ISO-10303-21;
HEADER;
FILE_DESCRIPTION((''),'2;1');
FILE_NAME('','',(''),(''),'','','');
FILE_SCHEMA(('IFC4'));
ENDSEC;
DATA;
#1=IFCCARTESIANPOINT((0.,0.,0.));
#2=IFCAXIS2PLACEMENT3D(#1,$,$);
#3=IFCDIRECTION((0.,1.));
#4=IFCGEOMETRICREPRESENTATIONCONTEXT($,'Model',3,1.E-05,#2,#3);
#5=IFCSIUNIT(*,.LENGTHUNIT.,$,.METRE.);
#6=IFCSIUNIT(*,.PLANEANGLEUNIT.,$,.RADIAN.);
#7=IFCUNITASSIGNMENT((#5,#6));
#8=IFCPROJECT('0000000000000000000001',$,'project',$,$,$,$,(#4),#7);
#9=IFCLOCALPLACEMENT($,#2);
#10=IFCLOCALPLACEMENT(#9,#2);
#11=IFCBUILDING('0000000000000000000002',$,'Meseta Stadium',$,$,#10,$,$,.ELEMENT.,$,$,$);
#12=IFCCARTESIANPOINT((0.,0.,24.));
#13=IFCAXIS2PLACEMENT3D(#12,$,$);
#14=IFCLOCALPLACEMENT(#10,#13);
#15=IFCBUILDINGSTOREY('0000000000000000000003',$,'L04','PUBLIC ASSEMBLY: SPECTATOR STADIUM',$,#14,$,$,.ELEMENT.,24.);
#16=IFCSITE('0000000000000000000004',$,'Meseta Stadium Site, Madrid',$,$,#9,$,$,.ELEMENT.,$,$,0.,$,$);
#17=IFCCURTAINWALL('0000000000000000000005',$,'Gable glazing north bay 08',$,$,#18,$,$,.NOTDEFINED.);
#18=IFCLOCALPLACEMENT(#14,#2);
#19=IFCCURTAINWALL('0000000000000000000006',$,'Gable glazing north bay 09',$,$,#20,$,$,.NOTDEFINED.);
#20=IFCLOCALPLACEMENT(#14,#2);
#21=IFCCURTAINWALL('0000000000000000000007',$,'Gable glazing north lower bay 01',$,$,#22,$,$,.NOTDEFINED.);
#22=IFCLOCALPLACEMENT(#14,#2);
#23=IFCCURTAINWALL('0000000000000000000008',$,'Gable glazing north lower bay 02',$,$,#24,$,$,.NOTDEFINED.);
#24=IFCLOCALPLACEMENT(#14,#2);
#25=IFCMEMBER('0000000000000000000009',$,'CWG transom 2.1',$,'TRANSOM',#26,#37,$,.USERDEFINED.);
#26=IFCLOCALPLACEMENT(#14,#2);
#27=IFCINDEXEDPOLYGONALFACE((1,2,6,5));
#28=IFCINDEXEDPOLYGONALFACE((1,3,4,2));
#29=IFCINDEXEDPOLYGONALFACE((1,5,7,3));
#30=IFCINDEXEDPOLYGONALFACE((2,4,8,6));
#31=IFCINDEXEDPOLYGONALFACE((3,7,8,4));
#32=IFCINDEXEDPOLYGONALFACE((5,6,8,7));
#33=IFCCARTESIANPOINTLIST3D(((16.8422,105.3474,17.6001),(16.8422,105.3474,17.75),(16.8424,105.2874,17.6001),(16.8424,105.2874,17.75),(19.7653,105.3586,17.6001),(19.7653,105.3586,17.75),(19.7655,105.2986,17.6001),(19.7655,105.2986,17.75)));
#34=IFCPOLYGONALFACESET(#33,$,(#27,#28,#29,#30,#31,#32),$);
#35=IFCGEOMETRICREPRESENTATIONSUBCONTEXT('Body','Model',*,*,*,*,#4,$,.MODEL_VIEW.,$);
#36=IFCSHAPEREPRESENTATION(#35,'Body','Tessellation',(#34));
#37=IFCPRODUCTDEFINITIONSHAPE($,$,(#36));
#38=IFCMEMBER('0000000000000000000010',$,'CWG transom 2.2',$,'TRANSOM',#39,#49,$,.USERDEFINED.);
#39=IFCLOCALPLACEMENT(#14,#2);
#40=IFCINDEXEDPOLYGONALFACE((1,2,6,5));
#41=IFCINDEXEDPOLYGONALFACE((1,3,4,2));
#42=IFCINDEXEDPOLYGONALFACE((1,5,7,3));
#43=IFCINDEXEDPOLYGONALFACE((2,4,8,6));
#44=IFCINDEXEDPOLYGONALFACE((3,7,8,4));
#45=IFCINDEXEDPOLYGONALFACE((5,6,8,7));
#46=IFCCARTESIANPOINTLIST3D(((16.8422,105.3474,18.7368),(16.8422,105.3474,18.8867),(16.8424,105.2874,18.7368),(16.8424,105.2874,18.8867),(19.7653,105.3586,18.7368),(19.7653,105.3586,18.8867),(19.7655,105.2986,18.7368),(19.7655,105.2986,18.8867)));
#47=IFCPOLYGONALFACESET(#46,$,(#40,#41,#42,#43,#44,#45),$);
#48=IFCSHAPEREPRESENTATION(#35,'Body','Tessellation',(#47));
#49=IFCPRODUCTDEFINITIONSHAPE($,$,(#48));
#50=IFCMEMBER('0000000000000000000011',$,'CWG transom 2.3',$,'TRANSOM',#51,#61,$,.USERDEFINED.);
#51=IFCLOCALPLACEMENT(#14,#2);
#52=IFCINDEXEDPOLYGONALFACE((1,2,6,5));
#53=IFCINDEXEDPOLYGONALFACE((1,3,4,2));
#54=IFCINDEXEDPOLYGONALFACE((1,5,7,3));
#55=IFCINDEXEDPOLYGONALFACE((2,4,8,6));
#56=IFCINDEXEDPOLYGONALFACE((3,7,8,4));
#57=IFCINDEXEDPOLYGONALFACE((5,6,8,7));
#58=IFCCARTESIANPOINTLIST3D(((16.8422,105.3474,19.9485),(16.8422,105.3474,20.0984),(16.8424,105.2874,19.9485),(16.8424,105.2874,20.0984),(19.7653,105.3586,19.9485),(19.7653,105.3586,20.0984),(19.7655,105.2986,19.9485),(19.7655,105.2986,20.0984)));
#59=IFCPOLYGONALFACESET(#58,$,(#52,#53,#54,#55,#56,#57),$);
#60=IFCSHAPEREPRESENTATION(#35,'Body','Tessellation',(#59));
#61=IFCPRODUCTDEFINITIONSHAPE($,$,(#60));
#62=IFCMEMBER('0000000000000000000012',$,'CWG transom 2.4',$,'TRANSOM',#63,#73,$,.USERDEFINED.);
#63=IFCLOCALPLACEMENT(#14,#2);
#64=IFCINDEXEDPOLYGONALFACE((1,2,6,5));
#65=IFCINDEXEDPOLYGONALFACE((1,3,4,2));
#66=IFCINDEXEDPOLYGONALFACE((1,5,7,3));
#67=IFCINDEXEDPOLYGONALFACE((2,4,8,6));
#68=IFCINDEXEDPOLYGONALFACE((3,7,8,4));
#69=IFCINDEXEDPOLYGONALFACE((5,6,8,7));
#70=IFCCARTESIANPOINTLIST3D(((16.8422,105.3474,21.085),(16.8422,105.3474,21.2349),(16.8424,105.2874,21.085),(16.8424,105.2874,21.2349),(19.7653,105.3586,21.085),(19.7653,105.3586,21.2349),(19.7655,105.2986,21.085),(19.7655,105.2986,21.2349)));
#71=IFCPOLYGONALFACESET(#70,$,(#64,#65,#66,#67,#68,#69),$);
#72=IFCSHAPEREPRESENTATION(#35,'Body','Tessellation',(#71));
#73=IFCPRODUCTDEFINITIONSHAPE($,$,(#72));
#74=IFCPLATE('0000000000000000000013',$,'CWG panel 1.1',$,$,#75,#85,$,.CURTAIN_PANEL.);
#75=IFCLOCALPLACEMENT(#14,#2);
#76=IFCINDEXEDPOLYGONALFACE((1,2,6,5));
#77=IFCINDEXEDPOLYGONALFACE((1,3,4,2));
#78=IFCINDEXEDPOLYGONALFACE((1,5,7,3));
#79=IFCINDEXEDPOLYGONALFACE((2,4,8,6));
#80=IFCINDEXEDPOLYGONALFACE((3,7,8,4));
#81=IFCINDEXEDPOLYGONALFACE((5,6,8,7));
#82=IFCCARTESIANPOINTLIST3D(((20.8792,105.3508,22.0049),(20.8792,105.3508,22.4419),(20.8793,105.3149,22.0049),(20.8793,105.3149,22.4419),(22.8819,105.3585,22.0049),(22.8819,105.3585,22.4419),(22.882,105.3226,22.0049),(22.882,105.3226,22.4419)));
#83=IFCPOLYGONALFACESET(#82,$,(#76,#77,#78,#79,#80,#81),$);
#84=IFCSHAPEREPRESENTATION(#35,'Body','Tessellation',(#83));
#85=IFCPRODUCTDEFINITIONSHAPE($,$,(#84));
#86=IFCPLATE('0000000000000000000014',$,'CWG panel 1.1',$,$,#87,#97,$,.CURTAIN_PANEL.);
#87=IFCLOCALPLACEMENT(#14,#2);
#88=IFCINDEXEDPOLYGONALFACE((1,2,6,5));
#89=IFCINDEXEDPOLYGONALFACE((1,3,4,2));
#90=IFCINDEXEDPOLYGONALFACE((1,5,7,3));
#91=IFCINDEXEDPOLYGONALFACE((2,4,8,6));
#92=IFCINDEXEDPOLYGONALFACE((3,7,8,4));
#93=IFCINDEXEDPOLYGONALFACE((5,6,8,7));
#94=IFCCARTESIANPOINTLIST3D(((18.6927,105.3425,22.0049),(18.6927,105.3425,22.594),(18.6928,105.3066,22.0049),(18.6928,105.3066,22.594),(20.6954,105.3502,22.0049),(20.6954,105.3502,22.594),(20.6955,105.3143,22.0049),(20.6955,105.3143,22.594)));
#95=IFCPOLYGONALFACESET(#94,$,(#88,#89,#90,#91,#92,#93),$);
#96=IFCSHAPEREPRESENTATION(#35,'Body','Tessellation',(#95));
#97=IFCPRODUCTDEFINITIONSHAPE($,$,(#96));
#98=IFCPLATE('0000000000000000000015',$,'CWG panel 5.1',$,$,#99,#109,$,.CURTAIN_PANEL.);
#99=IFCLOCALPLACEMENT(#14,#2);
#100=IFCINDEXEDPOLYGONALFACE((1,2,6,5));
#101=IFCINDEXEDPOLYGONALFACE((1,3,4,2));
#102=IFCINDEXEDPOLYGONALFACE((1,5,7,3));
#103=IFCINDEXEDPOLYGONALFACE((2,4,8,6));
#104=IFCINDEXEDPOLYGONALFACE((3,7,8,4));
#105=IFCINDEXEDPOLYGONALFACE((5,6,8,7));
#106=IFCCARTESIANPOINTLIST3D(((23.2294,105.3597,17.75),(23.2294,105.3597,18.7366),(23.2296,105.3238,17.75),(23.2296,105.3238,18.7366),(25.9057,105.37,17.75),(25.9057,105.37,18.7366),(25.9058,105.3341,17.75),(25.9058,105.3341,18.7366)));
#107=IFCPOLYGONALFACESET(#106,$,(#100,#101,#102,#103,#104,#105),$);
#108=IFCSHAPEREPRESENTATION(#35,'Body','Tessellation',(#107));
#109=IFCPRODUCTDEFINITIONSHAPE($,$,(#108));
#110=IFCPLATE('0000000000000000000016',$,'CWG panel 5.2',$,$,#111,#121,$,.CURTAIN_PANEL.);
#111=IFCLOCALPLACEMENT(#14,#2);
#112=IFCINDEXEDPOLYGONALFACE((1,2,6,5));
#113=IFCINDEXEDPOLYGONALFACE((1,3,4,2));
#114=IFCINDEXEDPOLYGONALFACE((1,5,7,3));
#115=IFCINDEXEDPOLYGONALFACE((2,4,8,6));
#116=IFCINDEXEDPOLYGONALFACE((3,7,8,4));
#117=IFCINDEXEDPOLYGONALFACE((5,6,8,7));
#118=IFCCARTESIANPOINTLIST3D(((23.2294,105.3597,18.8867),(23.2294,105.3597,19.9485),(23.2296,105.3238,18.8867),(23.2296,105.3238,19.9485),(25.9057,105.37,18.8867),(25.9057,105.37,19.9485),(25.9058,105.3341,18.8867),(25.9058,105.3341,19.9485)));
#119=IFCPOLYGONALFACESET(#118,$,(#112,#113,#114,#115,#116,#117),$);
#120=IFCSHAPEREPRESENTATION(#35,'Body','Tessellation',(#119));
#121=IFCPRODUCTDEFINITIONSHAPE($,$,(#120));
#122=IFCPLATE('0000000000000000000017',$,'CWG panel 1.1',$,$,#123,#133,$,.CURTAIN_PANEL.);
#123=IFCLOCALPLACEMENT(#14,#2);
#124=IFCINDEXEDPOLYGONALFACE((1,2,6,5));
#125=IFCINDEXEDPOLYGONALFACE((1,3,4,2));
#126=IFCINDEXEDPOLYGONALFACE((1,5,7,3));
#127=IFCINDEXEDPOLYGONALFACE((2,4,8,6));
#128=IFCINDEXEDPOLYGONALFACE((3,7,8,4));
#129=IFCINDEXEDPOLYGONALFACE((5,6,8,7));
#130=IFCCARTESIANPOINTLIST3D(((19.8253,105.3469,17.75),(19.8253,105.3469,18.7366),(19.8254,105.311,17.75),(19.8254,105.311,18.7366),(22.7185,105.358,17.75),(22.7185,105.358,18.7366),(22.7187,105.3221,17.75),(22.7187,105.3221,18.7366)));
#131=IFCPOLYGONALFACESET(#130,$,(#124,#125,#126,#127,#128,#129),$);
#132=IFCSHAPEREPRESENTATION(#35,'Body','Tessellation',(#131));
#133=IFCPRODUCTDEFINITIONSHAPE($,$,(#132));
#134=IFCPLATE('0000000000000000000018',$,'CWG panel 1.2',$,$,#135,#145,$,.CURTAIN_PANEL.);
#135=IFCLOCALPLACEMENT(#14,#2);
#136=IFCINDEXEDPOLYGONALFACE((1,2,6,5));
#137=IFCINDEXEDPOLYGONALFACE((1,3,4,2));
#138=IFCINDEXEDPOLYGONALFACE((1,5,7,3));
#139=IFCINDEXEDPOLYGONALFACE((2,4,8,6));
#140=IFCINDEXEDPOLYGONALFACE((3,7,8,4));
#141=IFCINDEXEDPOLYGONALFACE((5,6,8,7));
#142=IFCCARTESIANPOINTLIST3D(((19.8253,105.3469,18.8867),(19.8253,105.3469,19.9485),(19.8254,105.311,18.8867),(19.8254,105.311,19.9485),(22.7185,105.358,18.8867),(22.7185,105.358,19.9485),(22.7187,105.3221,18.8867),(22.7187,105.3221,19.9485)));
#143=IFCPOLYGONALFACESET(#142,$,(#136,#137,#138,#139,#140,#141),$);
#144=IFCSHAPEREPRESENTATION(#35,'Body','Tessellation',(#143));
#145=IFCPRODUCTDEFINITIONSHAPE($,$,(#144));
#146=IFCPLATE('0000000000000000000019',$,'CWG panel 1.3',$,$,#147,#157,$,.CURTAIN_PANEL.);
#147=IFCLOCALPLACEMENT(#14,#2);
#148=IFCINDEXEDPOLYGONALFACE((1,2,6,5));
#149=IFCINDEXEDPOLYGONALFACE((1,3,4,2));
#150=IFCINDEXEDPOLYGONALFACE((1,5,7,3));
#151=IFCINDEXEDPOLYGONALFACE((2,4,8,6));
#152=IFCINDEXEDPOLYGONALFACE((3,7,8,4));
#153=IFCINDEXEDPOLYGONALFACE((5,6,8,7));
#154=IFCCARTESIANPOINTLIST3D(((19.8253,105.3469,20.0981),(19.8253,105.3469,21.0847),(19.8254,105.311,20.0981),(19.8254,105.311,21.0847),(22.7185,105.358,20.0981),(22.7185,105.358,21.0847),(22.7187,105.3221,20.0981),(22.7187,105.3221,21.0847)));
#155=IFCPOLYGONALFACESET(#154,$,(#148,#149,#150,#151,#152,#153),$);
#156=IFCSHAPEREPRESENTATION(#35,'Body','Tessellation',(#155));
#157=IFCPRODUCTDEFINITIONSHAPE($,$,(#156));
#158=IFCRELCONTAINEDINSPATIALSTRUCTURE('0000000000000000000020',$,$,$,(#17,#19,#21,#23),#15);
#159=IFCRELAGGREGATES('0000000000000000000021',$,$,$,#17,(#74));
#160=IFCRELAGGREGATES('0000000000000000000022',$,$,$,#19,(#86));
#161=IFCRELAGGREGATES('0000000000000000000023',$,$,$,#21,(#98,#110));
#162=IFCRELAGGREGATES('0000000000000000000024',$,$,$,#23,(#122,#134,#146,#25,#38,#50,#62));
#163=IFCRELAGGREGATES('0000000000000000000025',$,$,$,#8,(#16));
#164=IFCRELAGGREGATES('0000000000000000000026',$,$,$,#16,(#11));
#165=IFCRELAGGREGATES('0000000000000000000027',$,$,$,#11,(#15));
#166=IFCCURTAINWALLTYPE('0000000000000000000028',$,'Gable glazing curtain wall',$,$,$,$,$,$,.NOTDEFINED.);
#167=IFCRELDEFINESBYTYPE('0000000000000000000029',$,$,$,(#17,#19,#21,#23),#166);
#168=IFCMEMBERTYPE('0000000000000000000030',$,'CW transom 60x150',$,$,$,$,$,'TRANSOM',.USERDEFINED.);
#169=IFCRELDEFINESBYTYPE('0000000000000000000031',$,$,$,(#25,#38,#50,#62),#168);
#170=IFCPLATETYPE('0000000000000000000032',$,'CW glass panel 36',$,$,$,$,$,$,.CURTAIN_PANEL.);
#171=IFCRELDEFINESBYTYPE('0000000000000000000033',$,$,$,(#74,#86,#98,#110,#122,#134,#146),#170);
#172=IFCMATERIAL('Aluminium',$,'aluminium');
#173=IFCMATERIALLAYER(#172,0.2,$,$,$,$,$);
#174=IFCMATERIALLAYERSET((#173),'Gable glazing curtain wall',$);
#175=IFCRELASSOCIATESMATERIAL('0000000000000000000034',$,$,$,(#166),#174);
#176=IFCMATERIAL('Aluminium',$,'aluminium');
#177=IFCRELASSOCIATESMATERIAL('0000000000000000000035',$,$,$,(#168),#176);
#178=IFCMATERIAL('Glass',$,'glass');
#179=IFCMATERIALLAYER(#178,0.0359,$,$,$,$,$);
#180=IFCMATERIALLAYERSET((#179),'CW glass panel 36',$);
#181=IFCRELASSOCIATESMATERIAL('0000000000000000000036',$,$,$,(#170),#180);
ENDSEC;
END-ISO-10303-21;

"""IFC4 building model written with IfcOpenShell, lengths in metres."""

from ifc_helpers import new_model, si_unit, direction, frame, origin, origin_2d, place, context, subcontext, project, spatial, rectangle, extrude, material, layer, layer_set, material_profile, profile_set, type_object, element, aggregate, save


model = new_model("IFC4")

# Units and contexts
model_context = context("Model", 3, precision=1e-05, world=origin(), true_north=direction((0.0, 1.0)))
body_context = subcontext(model_context, "Body", "Model", "MODEL_VIEW")
ifc_project = project(units=[si_unit("LENGTHUNIT", "METRE"), si_unit("PLANEANGLEUNIT", "RADIAN")], contexts=[model_context])

# Site, building, storey
site_placement = place(None, origin())
site = spatial("IfcSite", under=ifc_project, at=site_placement, Name="Meseta Stadium Site, Madrid", CompositionType="ELEMENT", RefElevation=0.0)
building_placement = place(site_placement, origin())
building = spatial("IfcBuilding", under=site, at=building_placement, Name="Meseta Stadium", CompositionType="ELEMENT")
storey_placement = place(building_placement, frame((0.0, 0.0, 24.0)))
storey = spatial("IfcBuildingStorey", under=building, at=storey_placement, Name="L04", Description="PUBLIC ASSEMBLY: SPECTATOR STADIUM", CompositionType="ELEMENT", Elevation=24.0)

# Curtain wall
ifc_material_1 = material(Name="Aluminium", Category="aluminium")
ifc_layer_1 = layer(ifc_material_1, 0.2)
ifc_layer_set_1 = layer_set([ifc_layer_1], Name="Gable glazing curtain wall")
curtain_wall_type = type_object("IfcCurtainWallType", Name="Gable glazing curtain wall", PredefinedType="NOTDEFINED", material=ifc_layer_set_1)
curtain_wall_1_placement = place(storey_placement, origin())
curtain_wall_1 = element("IfcCurtainWall", 1, at=curtain_wall_1_placement, inside=storey, type_object=curtain_wall_type, Name="Gable glazing north bay 08", PredefinedType="NOTDEFINED")

# Curtain walls
curtain_wall_2_placement = place(storey_placement, origin())
curtain_wall_2 = element("IfcCurtainWall", 2, at=curtain_wall_2_placement, inside=storey, type_object=curtain_wall_type, Name="Gable glazing north bay 09", PredefinedType="NOTDEFINED")
curtain_wall_3_placement = place(storey_placement, origin())
curtain_wall_3 = element("IfcCurtainWall", 3, at=curtain_wall_3_placement, inside=storey, type_object=curtain_wall_type, Name="Gable glazing north lower bay 01", PredefinedType="NOTDEFINED")

# Curtain wall
curtain_wall_4_placement = place(storey_placement, origin())
curtain_wall_4 = element("IfcCurtainWall", 4, at=curtain_wall_4_placement, inside=storey, type_object=curtain_wall_type, Name="Gable glazing north lower bay 02", PredefinedType="NOTDEFINED")

# Members
ifc_material_2 = material(Name="Aluminium", Category="aluminium")
ifc_material_profile_1 = material_profile(ifc_material_2, rectangle(XDim=0.0601, YDim=0.1499, at=origin_2d()), Name="CW 60x150")
ifc_profile_set_1 = profile_set([ifc_material_profile_1], Name="Aluminium")
member_type_1 = type_object("IfcMemberType", Name="CW transom 60x150", ElementType="TRANSOM", PredefinedType="USERDEFINED", material=ifc_profile_set_1)
member_1_placement = place(storey_placement, frame((19.7654, 105.3286, 17.675), z_axis=(-0.999993, -0.003842, 0.0), x_axis=(0.003842, -0.999993, 0.0)))
member_1 = element("IfcMember", 5, at=member_1_placement, type_object=member_type_1, Name="CWG transom 2.1", ObjectType="TRANSOM", PredefinedType="USERDEFINED", context=body_context, shape_type="SweptSolid", body=[
    extrude(rectangle(XDim=0.0601, YDim=0.1499, at=origin_2d()), origin(), (0.0, 0.0, 1.0), 2.9231),
])
member_2_placement = place(storey_placement, frame((19.7654, 105.3286, 18.8118), z_axis=(-0.999993, -0.003842, 0.0), x_axis=(0.003842, -0.999993, 0.0)))
member_2 = element("IfcMember", 6, at=member_2_placement, type_object=member_type_1, Name="CWG transom 2.2", ObjectType="TRANSOM", PredefinedType="USERDEFINED", context=body_context, shape_type="SweptSolid", body=[
    extrude(rectangle(XDim=0.0601, YDim=0.1499, at=origin_2d()), origin(), (0.0, 0.0, 1.0), 2.9231),
])
member_3_placement = place(storey_placement, frame((19.7654, 105.3286, 20.0234), z_axis=(-0.999993, -0.003842, 0.0), x_axis=(0.003842, -0.999993, 0.0)))
member_3 = element("IfcMember", 7, at=member_3_placement, type_object=member_type_1, Name="CWG transom 2.3", ObjectType="TRANSOM", PredefinedType="USERDEFINED", context=body_context, shape_type="SweptSolid", body=[
    extrude(rectangle(XDim=0.0601, YDim=0.1499, at=origin_2d()), origin(), (0.0, 0.0, 1.0), 2.9231),
])
member_4_placement = place(storey_placement, frame((19.7654, 105.3286, 21.1599), z_axis=(-0.999993, -0.003842, 0.0), x_axis=(0.003842, -0.999993, 0.0)))
member_4 = element("IfcMember", 8, at=member_4_placement, type_object=member_type_1, Name="CWG transom 2.4", ObjectType="TRANSOM", PredefinedType="USERDEFINED", context=body_context, shape_type="SweptSolid", body=[
    extrude(rectangle(XDim=0.0601, YDim=0.1499, at=origin_2d()), origin(), (0.0, 0.0, 1.0), 2.9231),
])

# Plates
ifc_material_3 = material(Name="Glass", Category="glass")
ifc_layer_2 = layer(ifc_material_3, 0.0359)
ifc_layer_set_2 = layer_set([ifc_layer_2], Name="CW glass panel 36")
plate_type = type_object("IfcPlateType", Name="CW glass panel 36", PredefinedType="CURTAIN_PANEL", material=ifc_layer_set_2)
plate_1_placement = place(storey_placement, frame((21.8806, 105.3367, 22.0049), z_axis=(0.0, 0.0, 1.0), x_axis=(-0.999993, -0.003848, 0.0)))
plate_1 = element("IfcPlate", 9, at=plate_1_placement, type_object=plate_type, Name="CWG panel 1.1", PredefinedType="CURTAIN_PANEL", context=body_context, shape_type="SweptSolid", body=[
    extrude(rectangle(XDim=2.0027, YDim=0.0359, at=origin_2d()), origin(), (0.0, 0.0, 1.0), 0.437),
])
aggregate(curtain_wall_1, [plate_1])
plate_2_placement = place(storey_placement, frame((19.6941, 105.3284, 22.0049), z_axis=(0.0, 0.0, 1.0), x_axis=(-0.999993, -0.003848, 0.0)))
plate_2 = element("IfcPlate", 10, at=plate_2_placement, type_object=plate_type, Name="CWG panel 1.1", PredefinedType="CURTAIN_PANEL", context=body_context, shape_type="SweptSolid", body=[
    extrude(rectangle(XDim=2.0027, YDim=0.0359, at=origin_2d()), origin(), (0.0, 0.0, 1.0), 0.5891),
])
aggregate(curtain_wall_2, [plate_2])
plate_3_placement = place(storey_placement, frame((24.5676, 105.3469, 17.75), z_axis=(0.0, 0.0, 1.0), x_axis=(-0.999993, -0.003848, 0.0)))
plate_3 = element("IfcPlate", 11, at=plate_3_placement, type_object=plate_type, Name="CWG panel 5.1", PredefinedType="CURTAIN_PANEL", context=body_context, shape_type="SweptSolid", body=[
    extrude(rectangle(XDim=2.6763, YDim=0.0359, at=origin_2d()), origin(), (0.0, 0.0, 1.0), 0.9866),
])
plate_4_placement = place(storey_placement, frame((24.5676, 105.3469, 18.8867), z_axis=(0.0, 0.0, 1.0), x_axis=(-0.999993, -0.003848, 0.0)))
plate_4 = element("IfcPlate", 12, at=plate_4_placement, type_object=plate_type, Name="CWG panel 5.2", PredefinedType="CURTAIN_PANEL", context=body_context, shape_type="SweptSolid", body=[
    extrude(rectangle(XDim=2.6763, YDim=0.0359, at=origin_2d()), origin(), (0.0, 0.0, 1.0), 1.0618),
])
aggregate(curtain_wall_3, [plate_3, plate_4])
plate_5_placement = place(storey_placement, frame((21.272, 105.3345, 17.75), z_axis=(0.0, 0.0, 1.0), x_axis=(-0.999993, -0.003848, 0.0)))
plate_5 = element("IfcPlate", 13, at=plate_5_placement, type_object=plate_type, Name="CWG panel 1.1", PredefinedType="CURTAIN_PANEL", context=body_context, shape_type="SweptSolid", body=[
    extrude(rectangle(XDim=2.8933, YDim=0.0359, at=origin_2d()), origin(), (0.0, 0.0, 1.0), 0.9866),
])
plate_6_placement = place(storey_placement, frame((21.272, 105.3345, 18.8867), z_axis=(0.0, 0.0, 1.0), x_axis=(-0.999993, -0.003848, 0.0)))
plate_6 = element("IfcPlate", 14, at=plate_6_placement, type_object=plate_type, Name="CWG panel 1.2", PredefinedType="CURTAIN_PANEL", context=body_context, shape_type="SweptSolid", body=[
    extrude(rectangle(XDim=2.8933, YDim=0.0359, at=origin_2d()), origin(), (0.0, 0.0, 1.0), 1.0618),
])
plate_7_placement = place(storey_placement, frame((21.272, 105.3345, 20.0981), z_axis=(0.0, 0.0, 1.0), x_axis=(-0.999993, -0.003848, 0.0)))
plate_7 = element("IfcPlate", 15, at=plate_7_placement, type_object=plate_type, Name="CWG panel 1.3", PredefinedType="CURTAIN_PANEL", context=body_context, shape_type="SweptSolid", body=[
    extrude(rectangle(XDim=2.8933, YDim=0.0359, at=origin_2d()), origin(), (0.0, 0.0, 1.0), 0.9866),
])
aggregate(curtain_wall_4, [plate_5, plate_6, plate_7, member_1, member_2, member_3, member_4])

save(model, "model.ifc")
